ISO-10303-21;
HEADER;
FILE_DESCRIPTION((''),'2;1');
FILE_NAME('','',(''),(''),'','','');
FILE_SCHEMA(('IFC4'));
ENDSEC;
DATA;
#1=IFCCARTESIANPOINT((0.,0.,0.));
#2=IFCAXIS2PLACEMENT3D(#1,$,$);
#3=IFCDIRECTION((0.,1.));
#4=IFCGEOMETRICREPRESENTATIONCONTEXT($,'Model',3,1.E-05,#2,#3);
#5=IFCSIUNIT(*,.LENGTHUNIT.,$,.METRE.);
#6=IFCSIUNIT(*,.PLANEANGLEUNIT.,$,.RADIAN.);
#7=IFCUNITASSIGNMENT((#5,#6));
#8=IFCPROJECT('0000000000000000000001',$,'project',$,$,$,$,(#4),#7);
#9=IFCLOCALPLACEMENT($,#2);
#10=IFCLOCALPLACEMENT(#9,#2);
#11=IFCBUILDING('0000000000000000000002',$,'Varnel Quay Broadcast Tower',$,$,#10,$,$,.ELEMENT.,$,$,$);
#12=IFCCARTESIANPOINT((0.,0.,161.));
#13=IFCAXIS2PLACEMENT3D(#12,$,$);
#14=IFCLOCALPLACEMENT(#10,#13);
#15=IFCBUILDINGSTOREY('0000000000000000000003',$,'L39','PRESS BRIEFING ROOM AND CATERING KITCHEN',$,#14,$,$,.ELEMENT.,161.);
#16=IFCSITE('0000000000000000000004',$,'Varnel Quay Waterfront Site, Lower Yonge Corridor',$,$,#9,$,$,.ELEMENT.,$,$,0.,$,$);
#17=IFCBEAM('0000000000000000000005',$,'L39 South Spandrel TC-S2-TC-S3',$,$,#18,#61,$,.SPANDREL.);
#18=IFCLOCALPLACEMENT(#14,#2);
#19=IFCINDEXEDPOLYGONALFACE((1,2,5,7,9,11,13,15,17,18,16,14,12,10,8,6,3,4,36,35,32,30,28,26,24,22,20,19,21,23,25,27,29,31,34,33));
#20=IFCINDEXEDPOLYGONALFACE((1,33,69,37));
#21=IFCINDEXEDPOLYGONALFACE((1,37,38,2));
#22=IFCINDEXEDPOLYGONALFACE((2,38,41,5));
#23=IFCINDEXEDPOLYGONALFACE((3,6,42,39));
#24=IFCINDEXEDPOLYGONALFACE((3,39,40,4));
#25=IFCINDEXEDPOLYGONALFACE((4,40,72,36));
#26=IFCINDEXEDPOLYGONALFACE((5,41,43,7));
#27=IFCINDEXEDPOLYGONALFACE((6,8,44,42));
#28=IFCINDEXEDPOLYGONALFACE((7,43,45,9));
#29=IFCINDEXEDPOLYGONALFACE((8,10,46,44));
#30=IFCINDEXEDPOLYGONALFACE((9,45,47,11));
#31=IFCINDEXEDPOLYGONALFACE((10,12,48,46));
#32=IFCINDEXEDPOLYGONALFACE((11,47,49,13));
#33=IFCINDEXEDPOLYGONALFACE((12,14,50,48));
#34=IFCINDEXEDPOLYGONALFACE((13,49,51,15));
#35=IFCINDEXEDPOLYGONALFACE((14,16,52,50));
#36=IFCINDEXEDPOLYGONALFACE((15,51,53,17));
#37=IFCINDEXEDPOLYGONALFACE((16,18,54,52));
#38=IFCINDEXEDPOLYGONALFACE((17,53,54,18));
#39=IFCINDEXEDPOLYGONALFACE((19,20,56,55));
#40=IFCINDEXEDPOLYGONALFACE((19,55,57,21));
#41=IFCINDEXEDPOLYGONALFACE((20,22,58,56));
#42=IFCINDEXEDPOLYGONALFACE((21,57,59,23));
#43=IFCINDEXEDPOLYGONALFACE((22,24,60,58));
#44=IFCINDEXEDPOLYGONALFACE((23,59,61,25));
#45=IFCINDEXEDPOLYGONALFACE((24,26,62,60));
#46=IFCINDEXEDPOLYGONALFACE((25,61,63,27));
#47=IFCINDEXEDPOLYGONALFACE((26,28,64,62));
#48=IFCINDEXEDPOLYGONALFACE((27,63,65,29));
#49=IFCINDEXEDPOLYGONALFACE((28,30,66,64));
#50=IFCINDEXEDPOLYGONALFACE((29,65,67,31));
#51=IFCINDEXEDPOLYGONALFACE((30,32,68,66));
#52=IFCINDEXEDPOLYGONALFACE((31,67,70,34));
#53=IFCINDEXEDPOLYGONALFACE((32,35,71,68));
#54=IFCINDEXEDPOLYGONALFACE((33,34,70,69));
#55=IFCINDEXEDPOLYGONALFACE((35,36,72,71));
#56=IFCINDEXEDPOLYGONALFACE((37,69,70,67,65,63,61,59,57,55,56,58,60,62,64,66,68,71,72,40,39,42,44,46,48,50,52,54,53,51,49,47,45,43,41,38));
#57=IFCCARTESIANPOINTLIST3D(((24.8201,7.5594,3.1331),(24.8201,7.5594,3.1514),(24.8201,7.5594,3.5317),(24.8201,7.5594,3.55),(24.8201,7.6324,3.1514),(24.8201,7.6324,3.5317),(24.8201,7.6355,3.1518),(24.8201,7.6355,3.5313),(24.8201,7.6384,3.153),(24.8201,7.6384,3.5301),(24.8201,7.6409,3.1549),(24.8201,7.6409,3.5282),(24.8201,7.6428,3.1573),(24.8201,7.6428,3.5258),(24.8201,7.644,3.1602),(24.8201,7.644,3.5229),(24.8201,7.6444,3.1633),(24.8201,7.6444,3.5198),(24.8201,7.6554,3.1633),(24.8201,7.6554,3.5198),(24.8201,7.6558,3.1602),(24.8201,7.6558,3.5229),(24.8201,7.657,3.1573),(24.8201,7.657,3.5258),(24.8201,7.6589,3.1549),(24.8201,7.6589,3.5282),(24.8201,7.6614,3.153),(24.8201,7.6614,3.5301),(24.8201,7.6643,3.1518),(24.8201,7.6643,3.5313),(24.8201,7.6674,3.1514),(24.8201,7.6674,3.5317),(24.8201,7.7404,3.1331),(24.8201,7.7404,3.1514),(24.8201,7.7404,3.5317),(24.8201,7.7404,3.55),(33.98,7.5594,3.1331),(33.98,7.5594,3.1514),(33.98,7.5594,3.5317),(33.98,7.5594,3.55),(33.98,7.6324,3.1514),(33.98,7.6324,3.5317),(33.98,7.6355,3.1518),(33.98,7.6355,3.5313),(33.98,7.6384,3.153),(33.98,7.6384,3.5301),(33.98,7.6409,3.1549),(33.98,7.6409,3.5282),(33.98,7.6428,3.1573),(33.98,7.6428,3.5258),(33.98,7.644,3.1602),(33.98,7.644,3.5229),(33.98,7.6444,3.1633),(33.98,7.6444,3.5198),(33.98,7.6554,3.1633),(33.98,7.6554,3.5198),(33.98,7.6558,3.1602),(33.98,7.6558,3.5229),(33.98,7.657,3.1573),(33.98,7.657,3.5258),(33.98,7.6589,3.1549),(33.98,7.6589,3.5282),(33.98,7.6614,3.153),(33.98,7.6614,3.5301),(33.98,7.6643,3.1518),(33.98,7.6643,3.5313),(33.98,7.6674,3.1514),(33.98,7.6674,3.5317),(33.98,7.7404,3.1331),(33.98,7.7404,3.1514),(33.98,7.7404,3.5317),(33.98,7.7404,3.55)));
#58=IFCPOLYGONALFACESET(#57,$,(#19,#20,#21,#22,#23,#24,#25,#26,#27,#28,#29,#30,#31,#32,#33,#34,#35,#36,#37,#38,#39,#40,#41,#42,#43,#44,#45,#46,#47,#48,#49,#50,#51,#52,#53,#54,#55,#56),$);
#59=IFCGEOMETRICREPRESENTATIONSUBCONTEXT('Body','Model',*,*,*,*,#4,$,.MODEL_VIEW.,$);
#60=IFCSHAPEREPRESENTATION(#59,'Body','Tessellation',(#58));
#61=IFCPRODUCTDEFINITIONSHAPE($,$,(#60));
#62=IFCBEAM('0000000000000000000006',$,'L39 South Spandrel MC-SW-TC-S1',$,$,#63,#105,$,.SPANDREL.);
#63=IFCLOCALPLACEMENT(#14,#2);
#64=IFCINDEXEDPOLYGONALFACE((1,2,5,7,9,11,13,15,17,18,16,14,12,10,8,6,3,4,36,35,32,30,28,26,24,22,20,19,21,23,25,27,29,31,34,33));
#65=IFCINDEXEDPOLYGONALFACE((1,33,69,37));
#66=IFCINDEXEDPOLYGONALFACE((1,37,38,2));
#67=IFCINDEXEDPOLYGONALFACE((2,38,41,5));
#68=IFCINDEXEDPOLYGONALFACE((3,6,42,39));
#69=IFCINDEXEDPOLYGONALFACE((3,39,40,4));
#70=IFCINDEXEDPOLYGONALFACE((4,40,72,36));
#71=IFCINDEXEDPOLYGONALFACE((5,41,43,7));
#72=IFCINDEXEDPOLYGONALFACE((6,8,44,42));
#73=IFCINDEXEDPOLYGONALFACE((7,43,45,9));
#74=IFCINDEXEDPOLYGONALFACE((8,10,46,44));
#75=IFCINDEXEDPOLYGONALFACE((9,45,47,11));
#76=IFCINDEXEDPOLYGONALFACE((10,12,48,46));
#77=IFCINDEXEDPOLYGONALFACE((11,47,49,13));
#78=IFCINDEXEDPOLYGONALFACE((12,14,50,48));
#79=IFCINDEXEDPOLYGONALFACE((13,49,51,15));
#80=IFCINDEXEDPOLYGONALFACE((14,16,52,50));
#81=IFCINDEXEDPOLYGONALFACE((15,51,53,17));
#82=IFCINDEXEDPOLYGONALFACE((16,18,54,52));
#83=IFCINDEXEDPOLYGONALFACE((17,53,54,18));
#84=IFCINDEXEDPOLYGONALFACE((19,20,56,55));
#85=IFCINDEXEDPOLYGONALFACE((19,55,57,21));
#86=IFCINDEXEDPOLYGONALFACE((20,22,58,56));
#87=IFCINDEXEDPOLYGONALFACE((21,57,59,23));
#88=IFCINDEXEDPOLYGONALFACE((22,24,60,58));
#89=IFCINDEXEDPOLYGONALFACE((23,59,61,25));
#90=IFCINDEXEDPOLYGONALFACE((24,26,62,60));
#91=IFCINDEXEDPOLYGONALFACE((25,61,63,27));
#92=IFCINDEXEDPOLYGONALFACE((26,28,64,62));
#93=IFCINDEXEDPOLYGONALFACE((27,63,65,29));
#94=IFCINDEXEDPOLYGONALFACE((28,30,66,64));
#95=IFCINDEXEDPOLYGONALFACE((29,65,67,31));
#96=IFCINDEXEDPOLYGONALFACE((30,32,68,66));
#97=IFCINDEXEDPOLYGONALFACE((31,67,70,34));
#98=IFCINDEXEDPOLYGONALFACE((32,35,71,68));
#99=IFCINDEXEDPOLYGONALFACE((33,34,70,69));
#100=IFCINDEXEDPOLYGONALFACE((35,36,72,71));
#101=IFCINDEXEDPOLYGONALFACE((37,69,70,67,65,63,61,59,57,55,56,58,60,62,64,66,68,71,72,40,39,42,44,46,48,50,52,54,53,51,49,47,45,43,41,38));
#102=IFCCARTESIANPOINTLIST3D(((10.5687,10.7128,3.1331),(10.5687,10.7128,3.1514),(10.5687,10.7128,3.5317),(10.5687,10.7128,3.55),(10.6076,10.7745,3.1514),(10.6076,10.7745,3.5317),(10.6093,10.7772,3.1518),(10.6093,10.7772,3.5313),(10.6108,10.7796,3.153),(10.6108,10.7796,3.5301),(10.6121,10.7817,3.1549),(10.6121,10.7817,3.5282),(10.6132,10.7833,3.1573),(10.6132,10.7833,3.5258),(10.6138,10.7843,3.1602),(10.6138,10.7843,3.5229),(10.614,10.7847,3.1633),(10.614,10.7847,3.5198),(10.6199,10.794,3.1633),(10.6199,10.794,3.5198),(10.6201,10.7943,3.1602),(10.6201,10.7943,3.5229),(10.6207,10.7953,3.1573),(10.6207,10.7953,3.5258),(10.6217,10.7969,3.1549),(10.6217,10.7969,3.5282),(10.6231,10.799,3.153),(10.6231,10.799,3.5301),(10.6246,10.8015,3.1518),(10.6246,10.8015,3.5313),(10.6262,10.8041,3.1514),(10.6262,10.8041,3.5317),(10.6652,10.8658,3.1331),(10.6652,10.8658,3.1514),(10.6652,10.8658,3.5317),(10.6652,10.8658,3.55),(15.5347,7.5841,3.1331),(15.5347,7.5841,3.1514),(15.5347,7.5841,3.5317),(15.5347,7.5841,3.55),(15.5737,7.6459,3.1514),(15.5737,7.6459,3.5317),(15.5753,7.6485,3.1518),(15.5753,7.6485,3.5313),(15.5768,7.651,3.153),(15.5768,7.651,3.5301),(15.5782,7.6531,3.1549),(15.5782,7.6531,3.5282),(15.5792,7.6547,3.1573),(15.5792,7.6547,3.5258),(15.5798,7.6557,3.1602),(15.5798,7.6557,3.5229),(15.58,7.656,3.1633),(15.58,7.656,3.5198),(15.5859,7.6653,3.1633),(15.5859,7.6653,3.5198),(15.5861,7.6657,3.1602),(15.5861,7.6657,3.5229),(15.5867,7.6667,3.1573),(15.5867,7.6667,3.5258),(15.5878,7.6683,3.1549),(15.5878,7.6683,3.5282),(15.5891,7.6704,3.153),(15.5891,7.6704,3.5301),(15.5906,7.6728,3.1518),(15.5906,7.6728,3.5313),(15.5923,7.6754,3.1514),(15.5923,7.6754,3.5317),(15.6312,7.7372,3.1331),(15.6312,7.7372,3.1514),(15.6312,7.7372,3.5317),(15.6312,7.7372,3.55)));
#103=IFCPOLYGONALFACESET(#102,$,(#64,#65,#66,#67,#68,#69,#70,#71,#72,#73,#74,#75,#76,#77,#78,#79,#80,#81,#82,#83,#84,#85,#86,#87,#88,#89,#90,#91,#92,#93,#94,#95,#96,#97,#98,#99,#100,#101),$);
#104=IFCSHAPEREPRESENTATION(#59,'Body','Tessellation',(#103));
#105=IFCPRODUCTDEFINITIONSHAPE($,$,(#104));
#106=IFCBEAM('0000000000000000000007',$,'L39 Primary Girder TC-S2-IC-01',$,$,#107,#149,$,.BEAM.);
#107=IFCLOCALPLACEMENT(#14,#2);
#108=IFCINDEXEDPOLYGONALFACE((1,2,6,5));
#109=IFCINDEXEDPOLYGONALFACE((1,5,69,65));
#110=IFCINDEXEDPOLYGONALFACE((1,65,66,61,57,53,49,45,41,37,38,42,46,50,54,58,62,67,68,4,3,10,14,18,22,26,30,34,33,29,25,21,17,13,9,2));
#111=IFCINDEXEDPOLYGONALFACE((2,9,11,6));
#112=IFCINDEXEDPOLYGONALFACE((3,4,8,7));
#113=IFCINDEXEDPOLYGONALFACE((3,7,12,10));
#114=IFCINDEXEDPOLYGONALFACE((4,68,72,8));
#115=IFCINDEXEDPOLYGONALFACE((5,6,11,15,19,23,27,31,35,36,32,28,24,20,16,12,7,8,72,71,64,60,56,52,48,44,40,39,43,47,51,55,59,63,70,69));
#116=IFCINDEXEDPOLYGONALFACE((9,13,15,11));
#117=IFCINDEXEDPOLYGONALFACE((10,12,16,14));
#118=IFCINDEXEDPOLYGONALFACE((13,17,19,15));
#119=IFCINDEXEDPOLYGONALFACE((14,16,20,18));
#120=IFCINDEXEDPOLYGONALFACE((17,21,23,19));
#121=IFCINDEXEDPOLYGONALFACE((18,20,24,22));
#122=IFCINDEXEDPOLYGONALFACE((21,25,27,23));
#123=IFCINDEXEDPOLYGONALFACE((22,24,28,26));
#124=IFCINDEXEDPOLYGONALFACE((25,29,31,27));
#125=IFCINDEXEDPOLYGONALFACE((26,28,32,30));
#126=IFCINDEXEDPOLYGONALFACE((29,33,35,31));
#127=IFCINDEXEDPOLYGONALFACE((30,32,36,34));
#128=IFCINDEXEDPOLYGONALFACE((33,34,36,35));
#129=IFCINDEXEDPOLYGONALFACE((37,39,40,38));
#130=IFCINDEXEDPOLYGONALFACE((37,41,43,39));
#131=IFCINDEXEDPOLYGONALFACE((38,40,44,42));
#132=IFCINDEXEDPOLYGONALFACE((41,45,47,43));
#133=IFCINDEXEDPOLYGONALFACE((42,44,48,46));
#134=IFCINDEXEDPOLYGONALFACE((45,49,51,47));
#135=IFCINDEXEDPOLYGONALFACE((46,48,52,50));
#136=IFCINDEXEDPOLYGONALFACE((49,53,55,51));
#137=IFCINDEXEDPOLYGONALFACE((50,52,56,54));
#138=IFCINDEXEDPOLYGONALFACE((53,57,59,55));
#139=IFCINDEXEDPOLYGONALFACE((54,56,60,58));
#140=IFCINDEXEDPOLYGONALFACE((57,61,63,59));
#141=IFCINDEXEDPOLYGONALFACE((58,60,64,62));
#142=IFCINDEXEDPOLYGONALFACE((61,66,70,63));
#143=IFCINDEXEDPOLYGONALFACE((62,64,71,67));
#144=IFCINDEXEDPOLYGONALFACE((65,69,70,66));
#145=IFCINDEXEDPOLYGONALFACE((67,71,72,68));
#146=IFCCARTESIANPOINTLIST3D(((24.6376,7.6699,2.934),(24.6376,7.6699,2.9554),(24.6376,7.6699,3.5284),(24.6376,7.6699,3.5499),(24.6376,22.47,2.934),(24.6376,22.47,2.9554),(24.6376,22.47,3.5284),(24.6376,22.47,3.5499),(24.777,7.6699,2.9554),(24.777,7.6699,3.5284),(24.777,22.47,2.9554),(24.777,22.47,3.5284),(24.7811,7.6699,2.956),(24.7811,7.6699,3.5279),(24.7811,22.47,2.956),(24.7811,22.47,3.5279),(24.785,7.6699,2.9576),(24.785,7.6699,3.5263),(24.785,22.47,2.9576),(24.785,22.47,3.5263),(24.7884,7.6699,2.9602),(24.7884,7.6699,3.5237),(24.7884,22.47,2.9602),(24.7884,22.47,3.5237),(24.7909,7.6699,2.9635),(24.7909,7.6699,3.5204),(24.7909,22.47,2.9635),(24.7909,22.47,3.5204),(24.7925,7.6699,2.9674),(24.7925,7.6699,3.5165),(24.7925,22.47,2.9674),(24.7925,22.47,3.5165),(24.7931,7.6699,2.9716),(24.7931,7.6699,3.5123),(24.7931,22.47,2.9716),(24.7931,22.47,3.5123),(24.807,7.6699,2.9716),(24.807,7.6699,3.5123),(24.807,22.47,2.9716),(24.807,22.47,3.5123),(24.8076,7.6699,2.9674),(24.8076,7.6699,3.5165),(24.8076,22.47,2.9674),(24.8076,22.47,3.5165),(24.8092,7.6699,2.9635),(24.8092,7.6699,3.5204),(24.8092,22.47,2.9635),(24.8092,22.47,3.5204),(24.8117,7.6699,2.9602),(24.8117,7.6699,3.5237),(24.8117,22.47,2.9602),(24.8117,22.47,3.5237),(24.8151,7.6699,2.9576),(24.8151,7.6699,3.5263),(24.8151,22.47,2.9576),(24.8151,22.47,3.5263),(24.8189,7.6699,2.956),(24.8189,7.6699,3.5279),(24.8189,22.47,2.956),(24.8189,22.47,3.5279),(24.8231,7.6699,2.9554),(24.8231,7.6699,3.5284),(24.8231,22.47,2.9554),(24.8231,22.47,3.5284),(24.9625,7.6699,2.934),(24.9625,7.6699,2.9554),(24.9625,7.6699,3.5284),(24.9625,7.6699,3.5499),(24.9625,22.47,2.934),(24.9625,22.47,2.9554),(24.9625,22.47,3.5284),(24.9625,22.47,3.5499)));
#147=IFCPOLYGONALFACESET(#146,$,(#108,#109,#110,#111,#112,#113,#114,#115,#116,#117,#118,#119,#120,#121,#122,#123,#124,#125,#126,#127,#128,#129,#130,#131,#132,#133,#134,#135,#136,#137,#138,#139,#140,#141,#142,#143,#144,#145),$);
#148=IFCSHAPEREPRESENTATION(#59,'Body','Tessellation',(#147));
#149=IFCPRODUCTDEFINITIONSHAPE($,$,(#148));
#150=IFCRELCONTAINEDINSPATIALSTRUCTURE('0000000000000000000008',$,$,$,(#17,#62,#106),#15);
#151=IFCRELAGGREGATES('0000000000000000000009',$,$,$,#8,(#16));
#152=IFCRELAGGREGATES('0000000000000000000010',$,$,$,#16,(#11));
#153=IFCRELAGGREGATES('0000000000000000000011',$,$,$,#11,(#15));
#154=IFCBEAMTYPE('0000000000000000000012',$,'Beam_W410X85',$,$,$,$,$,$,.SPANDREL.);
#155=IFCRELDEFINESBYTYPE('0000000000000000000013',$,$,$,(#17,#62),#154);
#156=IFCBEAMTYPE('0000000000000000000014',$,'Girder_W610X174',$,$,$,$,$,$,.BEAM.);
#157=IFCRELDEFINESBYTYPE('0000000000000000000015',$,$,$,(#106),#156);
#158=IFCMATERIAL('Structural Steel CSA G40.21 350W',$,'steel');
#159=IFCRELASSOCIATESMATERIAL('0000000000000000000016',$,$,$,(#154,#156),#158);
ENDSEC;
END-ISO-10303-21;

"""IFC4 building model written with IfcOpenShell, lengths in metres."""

from ifc_helpers import new_model, si_unit, direction, frame, origin, origin_2d, place, context, subcontext, project, spatial, i_section, extrude, source, transform, mapped, material, material_profile, profile_set, type_object, type_shapes, element, save


model = new_model("IFC4")

# Units and contexts
model_context = context("Model", 3, precision=1e-05, world=origin(), true_north=direction((0.0, 1.0)))
body_context = subcontext(model_context, "Body", "Model", "MODEL_VIEW")
ifc_project = project(units=[si_unit("LENGTHUNIT", "METRE"), si_unit("PLANEANGLEUNIT", "RADIAN")], contexts=[model_context])

# Site, building, storey
site_placement = place(None, origin())
site = spatial("IfcSite", under=ifc_project, at=site_placement, Name="Varnel Quay Waterfront Site, Lower Yonge Corridor", CompositionType="ELEMENT", RefElevation=0.0)
building_placement = place(site_placement, origin())
building = spatial("IfcBuilding", under=site, at=building_placement, Name="Varnel Quay Broadcast Tower", CompositionType="ELEMENT")
storey_placement = place(building_placement, frame((0.0, 0.0, 161.0)))
storey = spatial("IfcBuildingStorey", under=building, at=storey_placement, Name="L39", Description="PRESS BRIEFING ROOM AND CATERING KITCHEN", CompositionType="ELEMENT", Elevation=161.0)

# Shared definitions
ifc_material_1 = material(Name="Structural Steel CSA G40.21 350W", Category="steel")

# Beams
ifc_material_profile_1 = material_profile(ifc_material_1, i_section(OverallWidth=0.1809, OverallDepth=0.417, WebThickness=0.011, FlangeThickness=0.0183, FilletRadius=0.012, at=origin_2d()), Name="W410X85")
ifc_profile_set_1 = profile_set([ifc_material_profile_1], Name="Structural Steel CSA G40.21 350W")
beam_type_1 = type_object("IfcBeamType", Name="Beam_W410X85", PredefinedType="SPANDREL", material=ifc_profile_set_1)
shared_shape_1 = source(origin(), body_context, "Body", "SweptSolid", [
    extrude(i_section(OverallWidth=0.1809, OverallDepth=0.417, WebThickness=0.011, FlangeThickness=0.0183, FilletRadius=0.012, at=origin_2d()), origin(), (0.0, 0.0, 1.0), 9.1599),
])
for number, where, z_axis, x_axis, name in (
    (1, (24.8201, 7.6499, 3.3416), (1.0, 0.0, 0.0), (0.0, 1.0, 0.0), "L39 South Spandrel TC-S2-TC-S3"),
):
    element("IfcBeam", number, at=place(storey_placement, frame(where, z_axis=z_axis, x_axis=x_axis)), inside=storey, type_object=beam_type_1, Name=name, PredefinedType="SPANDREL", context=body_context, shape_type="MappedRepresentation", body=[
        mapped(shared_shape_1, transform((0.0, 0.0, 0.0), x_axis=(1.0, 0.0, 0.0), y_axis=(0.0, 1.0, 0.0), z_axis=(0.0, 0.0, 1.0), scale=1.0)),
    ])
shared_shape_2 = source(origin(), body_context, "Body", "SweptSolid", [
    extrude(i_section(OverallWidth=0.1809, OverallDepth=0.417, WebThickness=0.011, FlangeThickness=0.0183, FilletRadius=0.012, at=origin_2d()), origin(), (0.0, 0.0, 1.0), 5.8694),
])
type_shapes(beam_type_1, [shared_shape_1, shared_shape_2])
beam_1_placement = place(storey_placement, frame((10.6169, 10.7893, 3.3416), z_axis=(0.846088, -0.533043, 0.0), x_axis=(0.533043, 0.846088, 0.0)))
element("IfcBeam", 2, at=beam_1_placement, inside=storey, type_object=beam_type_1, Name="L39 South Spandrel MC-SW-TC-S1", PredefinedType="SPANDREL", context=body_context, shape_type="MappedRepresentation", body=[
    mapped(shared_shape_2, transform((0.0, 0.0, 0.0), x_axis=(1.0, 0.0, 0.0), y_axis=(0.0, 1.0, 0.0), z_axis=(0.0, 0.0, 1.0), scale=1.0)),
])
ifc_material_profile_2 = material_profile(ifc_material_1, i_section(OverallWidth=0.325, OverallDepth=0.616, WebThickness=0.0139, FlangeThickness=0.0215, FilletRadius=0.0161, at=origin_2d()), Name="W610X174")
ifc_profile_set_2 = profile_set([ifc_material_profile_2], Name="Structural Steel CSA G40.21 350W")
beam_type_2 = type_object("IfcBeamType", Name="Girder_W610X174", PredefinedType="BEAM", material=ifc_profile_set_2)
shared_shape_3 = source(origin(), body_context, "Body", "SweptSolid", [
    extrude(i_section(OverallWidth=0.325, OverallDepth=0.616, WebThickness=0.0139, FlangeThickness=0.0215, FilletRadius=0.0161, at=origin_2d()), origin(), (0.0, 0.0, 1.0), 14.8),
])
type_shapes(beam_type_2, [shared_shape_3])
beam_2_placement = place(storey_placement, frame((24.8, 7.6699, 3.2419), z_axis=(0.0, 1.0, 0.0), x_axis=(-1.0, 0.0, 0.0)))
element("IfcBeam", 3, at=beam_2_placement, inside=storey, type_object=beam_type_2, Name="L39 Primary Girder TC-S2-IC-01", PredefinedType="BEAM", context=body_context, shape_type="MappedRepresentation", body=[
    mapped(shared_shape_3, transform((0.0, 0.0, 0.0), x_axis=(1.0, 0.0, 0.0), y_axis=(0.0, 1.0, 0.0), z_axis=(0.0, 0.0, 1.0), scale=1.0)),
])

save(model, "model.ifc")
